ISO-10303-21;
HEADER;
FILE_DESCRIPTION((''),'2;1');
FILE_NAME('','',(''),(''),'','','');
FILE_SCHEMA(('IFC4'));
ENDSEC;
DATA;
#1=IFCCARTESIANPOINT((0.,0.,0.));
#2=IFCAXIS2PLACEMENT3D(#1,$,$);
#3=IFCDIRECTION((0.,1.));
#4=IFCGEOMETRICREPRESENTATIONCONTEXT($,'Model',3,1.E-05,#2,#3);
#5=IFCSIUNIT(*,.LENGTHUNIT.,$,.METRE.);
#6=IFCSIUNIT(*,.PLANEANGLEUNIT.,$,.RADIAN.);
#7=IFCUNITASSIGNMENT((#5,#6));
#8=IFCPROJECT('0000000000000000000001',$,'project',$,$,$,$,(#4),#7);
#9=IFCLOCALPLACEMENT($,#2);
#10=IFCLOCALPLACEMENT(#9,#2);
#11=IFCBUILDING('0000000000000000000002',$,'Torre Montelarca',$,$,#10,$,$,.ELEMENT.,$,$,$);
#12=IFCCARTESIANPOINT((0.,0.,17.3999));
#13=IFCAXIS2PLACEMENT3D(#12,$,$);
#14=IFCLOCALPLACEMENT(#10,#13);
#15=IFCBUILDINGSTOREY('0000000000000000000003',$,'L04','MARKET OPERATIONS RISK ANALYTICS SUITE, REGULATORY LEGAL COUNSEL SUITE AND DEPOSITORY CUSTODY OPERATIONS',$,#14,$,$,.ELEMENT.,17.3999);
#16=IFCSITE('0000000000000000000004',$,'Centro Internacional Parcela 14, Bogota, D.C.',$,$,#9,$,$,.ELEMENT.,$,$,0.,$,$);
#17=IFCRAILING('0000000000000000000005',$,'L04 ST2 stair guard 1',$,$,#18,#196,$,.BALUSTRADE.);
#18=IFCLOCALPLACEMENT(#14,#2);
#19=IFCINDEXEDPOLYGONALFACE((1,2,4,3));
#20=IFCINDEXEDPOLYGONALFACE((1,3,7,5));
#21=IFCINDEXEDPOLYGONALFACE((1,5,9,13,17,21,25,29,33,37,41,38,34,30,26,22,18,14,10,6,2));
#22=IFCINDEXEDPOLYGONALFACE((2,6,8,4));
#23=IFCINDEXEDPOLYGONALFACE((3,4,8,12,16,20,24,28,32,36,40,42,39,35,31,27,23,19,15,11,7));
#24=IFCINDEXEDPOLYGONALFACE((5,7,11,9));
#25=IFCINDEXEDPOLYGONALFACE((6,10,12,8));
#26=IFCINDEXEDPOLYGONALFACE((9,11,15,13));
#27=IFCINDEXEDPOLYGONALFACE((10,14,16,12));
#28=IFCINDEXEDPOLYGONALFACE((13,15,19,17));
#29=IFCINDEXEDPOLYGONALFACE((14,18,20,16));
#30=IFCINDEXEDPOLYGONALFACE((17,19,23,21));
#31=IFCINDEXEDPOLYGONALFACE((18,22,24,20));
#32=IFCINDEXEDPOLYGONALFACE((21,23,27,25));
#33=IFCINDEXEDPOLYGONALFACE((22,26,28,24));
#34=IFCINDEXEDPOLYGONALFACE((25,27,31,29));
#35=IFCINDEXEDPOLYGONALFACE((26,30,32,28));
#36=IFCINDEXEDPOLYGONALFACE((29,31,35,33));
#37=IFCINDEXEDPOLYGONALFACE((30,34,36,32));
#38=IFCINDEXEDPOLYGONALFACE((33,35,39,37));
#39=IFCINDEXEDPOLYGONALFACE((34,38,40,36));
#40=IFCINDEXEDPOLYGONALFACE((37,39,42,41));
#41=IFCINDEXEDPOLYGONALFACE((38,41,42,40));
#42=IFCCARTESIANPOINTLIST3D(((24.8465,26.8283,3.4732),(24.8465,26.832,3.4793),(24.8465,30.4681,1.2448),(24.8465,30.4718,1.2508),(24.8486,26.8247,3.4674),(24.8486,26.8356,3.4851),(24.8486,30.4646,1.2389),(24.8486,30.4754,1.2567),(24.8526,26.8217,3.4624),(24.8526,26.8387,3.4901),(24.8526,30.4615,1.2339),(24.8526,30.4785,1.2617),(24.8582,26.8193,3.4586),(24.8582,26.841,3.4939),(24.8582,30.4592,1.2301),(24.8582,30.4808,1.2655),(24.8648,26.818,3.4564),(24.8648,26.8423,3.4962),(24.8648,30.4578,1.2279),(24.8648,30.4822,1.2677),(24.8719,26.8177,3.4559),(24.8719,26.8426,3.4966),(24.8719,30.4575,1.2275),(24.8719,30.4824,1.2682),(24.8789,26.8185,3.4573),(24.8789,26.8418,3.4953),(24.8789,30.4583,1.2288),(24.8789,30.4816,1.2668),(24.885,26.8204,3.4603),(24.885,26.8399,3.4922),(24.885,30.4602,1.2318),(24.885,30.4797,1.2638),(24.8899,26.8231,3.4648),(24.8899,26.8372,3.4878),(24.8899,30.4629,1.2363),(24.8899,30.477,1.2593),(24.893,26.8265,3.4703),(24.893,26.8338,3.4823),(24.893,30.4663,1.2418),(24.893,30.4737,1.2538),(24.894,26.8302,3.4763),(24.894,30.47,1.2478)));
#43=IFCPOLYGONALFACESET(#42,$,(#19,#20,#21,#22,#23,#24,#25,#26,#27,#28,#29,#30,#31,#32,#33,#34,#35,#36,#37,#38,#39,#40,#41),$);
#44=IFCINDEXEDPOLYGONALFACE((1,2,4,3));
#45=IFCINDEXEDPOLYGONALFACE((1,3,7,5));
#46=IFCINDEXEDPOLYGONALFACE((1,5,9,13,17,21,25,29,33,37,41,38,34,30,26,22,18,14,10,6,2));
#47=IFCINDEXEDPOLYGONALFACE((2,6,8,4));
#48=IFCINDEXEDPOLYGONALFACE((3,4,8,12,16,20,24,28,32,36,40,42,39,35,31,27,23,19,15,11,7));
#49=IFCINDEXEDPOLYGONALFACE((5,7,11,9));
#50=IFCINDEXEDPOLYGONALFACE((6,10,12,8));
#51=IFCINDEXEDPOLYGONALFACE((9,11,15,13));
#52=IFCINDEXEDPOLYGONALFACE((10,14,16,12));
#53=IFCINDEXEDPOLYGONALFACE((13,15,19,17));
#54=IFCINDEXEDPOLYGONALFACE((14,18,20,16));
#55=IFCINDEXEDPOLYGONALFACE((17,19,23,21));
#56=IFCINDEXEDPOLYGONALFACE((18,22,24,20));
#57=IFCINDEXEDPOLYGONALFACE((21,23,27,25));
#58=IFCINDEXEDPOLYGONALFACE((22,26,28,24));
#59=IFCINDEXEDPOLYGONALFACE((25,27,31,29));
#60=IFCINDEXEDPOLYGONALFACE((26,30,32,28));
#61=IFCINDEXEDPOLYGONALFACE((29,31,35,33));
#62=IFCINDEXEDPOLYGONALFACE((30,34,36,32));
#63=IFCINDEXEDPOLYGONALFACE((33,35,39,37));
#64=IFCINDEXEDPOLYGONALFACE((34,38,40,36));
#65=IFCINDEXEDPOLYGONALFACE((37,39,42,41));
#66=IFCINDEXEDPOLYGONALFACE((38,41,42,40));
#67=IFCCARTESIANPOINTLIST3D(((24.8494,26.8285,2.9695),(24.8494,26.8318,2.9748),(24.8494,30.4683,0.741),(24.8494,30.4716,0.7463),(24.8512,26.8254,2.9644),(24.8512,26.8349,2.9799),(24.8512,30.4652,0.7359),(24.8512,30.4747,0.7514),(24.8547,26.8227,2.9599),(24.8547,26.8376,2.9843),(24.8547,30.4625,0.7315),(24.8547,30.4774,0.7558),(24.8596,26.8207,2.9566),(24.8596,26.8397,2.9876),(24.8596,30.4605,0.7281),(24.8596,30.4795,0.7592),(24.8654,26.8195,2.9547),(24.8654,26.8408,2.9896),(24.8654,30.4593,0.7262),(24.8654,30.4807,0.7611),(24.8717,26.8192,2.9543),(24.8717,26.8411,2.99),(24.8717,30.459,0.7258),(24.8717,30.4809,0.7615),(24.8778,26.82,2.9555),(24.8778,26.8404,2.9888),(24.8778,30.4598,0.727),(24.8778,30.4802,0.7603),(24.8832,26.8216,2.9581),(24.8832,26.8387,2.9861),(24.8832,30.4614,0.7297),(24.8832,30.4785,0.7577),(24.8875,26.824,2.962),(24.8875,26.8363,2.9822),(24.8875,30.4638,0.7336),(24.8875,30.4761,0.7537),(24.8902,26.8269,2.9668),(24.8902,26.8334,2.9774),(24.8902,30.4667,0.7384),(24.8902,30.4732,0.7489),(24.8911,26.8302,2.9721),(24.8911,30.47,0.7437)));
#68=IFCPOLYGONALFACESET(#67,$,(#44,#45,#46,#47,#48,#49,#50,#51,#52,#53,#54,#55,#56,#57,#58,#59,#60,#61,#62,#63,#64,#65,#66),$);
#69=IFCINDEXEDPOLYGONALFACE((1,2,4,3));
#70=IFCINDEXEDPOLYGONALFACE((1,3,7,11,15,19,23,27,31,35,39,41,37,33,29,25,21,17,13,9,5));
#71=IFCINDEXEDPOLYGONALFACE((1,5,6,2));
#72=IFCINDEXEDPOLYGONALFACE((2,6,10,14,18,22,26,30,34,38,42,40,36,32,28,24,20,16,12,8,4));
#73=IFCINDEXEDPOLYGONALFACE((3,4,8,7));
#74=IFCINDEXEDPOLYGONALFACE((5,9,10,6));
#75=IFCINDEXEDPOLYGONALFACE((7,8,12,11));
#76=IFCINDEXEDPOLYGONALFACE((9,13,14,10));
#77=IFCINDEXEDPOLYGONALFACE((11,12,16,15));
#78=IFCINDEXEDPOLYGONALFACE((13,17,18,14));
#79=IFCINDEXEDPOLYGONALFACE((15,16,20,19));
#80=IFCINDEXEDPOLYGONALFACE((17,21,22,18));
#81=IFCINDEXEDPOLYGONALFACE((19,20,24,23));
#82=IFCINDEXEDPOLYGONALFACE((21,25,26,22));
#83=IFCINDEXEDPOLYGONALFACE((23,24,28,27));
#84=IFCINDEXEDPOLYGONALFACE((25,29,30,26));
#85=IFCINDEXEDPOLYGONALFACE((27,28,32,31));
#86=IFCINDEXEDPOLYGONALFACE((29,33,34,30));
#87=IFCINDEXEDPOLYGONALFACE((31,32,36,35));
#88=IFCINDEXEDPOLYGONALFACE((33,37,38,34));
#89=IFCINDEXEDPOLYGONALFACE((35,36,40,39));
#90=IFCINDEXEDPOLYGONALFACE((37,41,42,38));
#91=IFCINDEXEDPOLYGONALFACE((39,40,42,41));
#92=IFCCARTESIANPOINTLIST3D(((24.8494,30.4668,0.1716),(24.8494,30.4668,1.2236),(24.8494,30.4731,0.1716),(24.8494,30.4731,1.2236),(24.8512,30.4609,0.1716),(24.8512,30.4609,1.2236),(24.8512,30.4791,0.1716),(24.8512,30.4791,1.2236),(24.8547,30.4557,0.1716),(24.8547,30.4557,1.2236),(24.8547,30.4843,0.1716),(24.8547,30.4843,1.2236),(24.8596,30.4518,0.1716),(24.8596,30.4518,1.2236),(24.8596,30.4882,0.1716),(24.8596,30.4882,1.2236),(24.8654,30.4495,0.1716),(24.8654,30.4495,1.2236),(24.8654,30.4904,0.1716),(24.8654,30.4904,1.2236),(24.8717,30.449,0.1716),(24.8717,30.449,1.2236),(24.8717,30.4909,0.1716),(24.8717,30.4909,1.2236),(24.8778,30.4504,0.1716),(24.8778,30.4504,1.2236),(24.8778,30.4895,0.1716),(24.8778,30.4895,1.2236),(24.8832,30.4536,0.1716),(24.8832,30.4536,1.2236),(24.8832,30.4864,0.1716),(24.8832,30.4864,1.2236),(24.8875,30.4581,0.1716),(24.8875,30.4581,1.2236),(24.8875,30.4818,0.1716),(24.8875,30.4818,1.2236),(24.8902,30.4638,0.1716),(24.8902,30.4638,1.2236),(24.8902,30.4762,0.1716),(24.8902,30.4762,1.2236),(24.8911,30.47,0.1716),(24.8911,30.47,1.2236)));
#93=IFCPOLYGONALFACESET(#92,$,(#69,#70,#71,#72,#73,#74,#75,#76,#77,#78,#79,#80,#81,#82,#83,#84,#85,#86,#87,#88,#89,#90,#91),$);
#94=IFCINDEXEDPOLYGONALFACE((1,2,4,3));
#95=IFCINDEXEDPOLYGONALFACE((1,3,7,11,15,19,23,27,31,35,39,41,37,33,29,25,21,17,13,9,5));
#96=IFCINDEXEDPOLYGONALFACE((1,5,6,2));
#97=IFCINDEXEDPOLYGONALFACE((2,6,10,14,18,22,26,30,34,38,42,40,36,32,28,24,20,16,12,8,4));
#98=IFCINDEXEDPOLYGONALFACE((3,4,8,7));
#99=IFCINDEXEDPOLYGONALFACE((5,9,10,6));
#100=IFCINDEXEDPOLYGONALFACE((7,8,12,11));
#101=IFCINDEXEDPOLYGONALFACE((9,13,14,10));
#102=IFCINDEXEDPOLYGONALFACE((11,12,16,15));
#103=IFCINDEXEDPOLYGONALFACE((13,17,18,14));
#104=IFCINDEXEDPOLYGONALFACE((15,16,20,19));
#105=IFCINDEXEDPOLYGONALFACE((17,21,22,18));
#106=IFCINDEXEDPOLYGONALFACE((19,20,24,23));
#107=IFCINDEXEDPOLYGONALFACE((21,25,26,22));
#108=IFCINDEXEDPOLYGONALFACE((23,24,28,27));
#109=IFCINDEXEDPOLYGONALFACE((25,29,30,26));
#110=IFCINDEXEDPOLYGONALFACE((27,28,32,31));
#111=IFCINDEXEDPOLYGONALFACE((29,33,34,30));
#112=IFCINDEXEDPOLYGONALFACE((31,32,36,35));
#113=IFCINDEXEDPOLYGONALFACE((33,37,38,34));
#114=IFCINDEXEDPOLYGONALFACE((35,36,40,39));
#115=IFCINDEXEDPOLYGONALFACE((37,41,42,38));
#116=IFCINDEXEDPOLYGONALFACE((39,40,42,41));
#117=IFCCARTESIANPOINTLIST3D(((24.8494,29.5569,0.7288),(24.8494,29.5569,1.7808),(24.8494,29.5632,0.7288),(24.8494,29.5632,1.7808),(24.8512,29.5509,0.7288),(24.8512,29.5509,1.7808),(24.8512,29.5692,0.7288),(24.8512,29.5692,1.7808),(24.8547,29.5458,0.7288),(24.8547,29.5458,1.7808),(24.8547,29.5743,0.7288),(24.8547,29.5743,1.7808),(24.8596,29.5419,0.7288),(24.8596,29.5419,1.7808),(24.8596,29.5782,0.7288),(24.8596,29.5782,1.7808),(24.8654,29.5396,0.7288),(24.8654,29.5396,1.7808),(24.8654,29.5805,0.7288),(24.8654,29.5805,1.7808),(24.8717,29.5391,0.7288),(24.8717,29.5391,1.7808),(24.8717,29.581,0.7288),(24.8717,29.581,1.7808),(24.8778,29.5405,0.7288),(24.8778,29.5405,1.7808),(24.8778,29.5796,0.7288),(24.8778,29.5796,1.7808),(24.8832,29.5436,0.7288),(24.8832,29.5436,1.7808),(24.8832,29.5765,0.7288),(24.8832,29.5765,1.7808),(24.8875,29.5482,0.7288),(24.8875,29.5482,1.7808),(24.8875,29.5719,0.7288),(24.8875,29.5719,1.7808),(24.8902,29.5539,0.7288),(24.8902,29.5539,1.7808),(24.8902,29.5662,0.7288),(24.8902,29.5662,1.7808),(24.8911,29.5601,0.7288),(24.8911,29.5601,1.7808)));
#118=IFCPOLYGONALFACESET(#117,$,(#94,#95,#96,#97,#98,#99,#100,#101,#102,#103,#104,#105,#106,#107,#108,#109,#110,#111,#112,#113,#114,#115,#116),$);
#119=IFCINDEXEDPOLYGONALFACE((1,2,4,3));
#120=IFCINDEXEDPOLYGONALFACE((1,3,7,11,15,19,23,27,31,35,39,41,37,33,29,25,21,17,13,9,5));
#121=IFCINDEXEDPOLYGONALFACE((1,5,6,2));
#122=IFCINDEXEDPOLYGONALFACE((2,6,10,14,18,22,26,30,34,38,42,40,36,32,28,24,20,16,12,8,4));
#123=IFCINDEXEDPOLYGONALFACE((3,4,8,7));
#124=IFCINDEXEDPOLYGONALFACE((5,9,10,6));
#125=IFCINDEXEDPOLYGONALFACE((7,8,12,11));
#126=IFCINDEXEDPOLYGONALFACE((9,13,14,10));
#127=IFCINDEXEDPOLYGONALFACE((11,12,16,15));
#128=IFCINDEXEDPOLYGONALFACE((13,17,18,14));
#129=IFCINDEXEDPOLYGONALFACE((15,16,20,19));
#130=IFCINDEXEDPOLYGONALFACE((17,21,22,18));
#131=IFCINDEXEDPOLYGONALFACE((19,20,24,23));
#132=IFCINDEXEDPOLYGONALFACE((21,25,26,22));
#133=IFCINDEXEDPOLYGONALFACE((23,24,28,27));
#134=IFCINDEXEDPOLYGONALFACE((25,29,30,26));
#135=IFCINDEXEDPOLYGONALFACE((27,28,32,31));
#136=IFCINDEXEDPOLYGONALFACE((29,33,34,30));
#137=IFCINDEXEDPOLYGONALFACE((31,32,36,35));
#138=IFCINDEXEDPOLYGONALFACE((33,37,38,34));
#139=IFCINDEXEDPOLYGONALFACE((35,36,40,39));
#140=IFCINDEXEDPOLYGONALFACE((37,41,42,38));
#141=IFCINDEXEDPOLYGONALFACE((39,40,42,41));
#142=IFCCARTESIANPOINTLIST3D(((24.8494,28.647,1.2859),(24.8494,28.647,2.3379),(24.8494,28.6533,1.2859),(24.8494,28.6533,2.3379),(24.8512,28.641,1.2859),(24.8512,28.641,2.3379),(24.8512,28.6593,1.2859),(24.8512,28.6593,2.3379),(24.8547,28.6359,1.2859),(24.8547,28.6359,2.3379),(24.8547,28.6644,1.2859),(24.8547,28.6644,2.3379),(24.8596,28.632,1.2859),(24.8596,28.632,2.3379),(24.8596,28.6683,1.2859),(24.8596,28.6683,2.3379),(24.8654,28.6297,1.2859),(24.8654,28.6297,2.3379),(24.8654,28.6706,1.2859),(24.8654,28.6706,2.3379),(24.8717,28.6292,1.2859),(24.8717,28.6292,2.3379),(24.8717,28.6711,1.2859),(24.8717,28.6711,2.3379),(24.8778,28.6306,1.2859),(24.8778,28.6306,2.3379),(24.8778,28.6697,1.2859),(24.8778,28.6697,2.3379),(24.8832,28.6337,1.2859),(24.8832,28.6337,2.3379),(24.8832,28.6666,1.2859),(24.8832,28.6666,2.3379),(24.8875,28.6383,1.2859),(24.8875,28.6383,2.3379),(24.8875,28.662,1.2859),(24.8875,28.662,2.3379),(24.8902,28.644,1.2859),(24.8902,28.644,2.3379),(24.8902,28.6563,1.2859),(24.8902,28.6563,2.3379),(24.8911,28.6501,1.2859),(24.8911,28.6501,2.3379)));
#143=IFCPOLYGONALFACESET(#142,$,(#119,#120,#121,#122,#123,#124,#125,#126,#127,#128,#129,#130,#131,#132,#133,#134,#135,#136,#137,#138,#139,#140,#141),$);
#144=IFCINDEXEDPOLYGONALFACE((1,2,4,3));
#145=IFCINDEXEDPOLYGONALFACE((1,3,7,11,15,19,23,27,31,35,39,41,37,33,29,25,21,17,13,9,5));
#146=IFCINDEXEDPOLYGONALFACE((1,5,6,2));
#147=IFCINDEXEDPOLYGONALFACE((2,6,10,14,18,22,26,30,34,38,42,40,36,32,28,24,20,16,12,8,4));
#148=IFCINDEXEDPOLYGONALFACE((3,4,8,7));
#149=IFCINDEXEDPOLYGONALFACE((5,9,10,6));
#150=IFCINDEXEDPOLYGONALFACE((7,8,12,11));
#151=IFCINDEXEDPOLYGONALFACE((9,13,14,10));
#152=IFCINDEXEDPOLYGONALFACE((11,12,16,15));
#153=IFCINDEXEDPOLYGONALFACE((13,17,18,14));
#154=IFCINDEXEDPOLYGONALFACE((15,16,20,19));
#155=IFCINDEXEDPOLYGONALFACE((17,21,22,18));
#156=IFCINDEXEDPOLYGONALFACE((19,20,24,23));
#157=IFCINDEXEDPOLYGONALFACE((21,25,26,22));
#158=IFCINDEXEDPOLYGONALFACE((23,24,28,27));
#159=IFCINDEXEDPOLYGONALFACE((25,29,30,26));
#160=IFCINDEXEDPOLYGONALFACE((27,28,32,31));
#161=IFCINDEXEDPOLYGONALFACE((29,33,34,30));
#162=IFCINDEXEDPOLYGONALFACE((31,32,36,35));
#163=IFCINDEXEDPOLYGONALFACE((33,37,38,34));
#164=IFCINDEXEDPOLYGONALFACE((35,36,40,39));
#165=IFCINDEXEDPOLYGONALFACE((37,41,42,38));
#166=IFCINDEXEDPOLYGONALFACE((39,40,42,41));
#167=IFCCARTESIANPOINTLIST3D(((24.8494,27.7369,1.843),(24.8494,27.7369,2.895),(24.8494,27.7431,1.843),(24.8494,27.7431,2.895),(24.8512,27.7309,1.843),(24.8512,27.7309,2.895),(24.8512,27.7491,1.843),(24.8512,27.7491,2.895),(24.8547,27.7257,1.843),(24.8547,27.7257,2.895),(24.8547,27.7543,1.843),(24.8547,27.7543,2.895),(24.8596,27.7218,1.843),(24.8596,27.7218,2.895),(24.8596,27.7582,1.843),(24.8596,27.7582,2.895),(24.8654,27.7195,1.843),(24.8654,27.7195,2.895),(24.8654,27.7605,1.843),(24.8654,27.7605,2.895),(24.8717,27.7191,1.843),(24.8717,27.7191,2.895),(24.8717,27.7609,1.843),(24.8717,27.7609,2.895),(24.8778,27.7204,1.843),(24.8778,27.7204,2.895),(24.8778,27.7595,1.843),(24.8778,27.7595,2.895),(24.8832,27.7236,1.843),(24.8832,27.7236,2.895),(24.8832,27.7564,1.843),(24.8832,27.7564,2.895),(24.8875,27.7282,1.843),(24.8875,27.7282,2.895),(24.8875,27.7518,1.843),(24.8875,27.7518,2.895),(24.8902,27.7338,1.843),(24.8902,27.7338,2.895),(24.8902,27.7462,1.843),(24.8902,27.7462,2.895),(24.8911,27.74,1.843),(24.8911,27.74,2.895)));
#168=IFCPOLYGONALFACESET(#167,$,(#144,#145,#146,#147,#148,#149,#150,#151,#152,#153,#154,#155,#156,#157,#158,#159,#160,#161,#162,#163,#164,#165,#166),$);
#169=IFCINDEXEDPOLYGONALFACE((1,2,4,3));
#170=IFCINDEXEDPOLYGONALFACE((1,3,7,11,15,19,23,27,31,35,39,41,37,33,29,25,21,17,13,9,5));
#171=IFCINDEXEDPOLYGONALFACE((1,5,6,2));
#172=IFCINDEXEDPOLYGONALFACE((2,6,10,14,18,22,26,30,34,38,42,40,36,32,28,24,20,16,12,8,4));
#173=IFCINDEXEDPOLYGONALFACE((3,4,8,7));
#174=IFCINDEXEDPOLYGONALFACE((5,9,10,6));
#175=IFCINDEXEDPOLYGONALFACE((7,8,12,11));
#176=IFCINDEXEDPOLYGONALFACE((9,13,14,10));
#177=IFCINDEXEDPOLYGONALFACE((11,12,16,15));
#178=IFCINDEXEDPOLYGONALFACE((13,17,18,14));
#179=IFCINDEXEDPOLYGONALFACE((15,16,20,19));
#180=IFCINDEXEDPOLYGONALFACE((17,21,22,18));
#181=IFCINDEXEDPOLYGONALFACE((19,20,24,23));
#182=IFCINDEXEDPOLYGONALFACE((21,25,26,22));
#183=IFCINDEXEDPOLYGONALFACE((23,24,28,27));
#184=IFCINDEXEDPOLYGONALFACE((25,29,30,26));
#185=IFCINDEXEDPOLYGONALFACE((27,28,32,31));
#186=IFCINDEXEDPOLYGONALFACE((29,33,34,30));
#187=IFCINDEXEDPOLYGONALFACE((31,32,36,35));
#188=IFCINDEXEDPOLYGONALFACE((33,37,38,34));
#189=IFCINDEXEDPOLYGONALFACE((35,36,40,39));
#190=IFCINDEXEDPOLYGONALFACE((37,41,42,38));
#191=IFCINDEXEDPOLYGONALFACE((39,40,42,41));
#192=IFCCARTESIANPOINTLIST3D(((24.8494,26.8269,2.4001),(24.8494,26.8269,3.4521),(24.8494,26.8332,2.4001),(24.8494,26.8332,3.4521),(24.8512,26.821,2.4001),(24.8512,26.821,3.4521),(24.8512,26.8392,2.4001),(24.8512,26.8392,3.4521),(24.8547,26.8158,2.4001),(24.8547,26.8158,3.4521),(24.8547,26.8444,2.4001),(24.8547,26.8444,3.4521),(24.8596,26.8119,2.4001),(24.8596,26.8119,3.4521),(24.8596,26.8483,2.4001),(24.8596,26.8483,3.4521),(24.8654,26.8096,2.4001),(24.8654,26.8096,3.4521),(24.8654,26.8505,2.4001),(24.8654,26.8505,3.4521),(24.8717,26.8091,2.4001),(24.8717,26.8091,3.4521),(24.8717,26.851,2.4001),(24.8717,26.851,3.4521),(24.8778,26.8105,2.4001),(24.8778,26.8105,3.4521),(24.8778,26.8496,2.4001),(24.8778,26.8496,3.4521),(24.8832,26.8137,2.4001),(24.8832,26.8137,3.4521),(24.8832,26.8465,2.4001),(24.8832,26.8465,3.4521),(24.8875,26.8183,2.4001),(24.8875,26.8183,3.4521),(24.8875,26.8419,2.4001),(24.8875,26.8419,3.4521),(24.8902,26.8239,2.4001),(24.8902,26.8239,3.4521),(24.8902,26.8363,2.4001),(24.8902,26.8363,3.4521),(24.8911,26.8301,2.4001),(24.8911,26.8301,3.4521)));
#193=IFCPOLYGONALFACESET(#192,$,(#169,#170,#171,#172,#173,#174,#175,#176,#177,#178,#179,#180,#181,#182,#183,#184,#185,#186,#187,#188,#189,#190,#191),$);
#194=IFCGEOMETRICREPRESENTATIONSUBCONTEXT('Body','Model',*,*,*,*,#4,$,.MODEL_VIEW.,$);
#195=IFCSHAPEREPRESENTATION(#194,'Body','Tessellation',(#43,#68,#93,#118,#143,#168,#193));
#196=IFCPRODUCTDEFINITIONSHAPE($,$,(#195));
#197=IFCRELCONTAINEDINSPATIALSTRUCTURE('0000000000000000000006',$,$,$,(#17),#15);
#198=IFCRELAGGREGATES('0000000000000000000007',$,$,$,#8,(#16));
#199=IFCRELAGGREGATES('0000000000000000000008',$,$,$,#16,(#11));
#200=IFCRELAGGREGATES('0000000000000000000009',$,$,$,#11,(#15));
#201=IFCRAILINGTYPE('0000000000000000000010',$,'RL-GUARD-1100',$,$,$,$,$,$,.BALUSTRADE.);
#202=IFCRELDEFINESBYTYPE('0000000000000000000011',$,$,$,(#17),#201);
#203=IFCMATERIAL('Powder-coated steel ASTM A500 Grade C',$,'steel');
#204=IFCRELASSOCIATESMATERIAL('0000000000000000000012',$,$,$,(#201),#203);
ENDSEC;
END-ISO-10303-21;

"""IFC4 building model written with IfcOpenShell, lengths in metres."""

from ifc_helpers import new_model, si_unit, direction, frame, origin, origin_2d, place, context, subcontext, project, spatial, circle, extrude, material, type_object, element, save


model = new_model("IFC4")

# Units and contexts
model_context = context("Model", 3, precision=1e-05, world=origin(), true_north=direction((0.0, 1.0)))
body_context = subcontext(model_context, "Body", "Model", "MODEL_VIEW")
ifc_project = project(units=[si_unit("LENGTHUNIT", "METRE"), si_unit("PLANEANGLEUNIT", "RADIAN")], contexts=[model_context])

# Site, building, storey
site_placement = place(None, origin())
site = spatial("IfcSite", under=ifc_project, at=site_placement, Name="Centro Internacional Parcela 14, Bogota, D.C.", CompositionType="ELEMENT", RefElevation=0.0)
building_placement = place(site_placement, origin())
building = spatial("IfcBuilding", under=site, at=building_placement, Name="Torre Montelarca", CompositionType="ELEMENT")
storey_placement = place(building_placement, frame((0.0, 0.0, 17.3999)))
storey = spatial("IfcBuildingStorey", under=building, at=storey_placement, Name="L04", Description="MARKET OPERATIONS RISK ANALYTICS SUITE, REGULATORY LEGAL COUNSEL SUITE AND DEPOSITORY CUSTODY OPERATIONS", CompositionType="ELEMENT", Elevation=17.3999)

# Railing
ifc_material_1 = material(Name="Powder-coated steel ASTM A500 Grade C", Category="steel")
railing_type_1 = type_object("IfcRailingType", Name="RL-GUARD-1100", PredefinedType="BALUSTRADE", material=ifc_material_1)
railing_1_placement = place(storey_placement, frame((24.8701, 30.47, 0.1716)))
element("IfcRailing", 1, at=railing_1_placement, inside=storey, type_object=railing_type_1, Name="L04 ST2 stair guard 1", PredefinedType="BALUSTRADE", context=body_context, shape_type="SweptSolid", body=[
    extrude(circle(Radius=0.0239, at=origin_2d()), frame((0.0, 0.0, 1.0762), z_axis=(0.0, -0.85285, 0.522156), x_axis=(1.0, 0.0, 0.0)), (0.0, 0.0, 1.0), 4.2678),
    extrude(circle(Radius=0.021, at=origin_2d()), frame((0.0, 0.0, 0.572), z_axis=(0.0, -0.85285, 0.522156), x_axis=(1.0, 0.0, 0.0)), (0.0, 0.0, 1.0), 4.2678),
    extrude(circle(Radius=0.021, at=origin_2d()), origin(), (0.0, 0.0, 1.0), 1.052),
    extrude(circle(Radius=0.021, at=origin_2d()), frame((0.0, -0.9099, 0.5571)), (0.0, 0.0, 1.0), 1.052),
    extrude(circle(Radius=0.021, at=origin_2d()), frame((0.0, -1.8198, 1.1143)), (0.0, 0.0, 1.0), 1.052),
    extrude(circle(Radius=0.021, at=origin_2d()), frame((0.0, -2.73, 1.6714)), (0.0, 0.0, 1.0), 1.052),
    extrude(circle(Radius=0.021, at=origin_2d()), frame((0.0, -3.6399, 2.2285)), (0.0, 0.0, 1.0), 1.052),
])

save(model, "model.ifc")
